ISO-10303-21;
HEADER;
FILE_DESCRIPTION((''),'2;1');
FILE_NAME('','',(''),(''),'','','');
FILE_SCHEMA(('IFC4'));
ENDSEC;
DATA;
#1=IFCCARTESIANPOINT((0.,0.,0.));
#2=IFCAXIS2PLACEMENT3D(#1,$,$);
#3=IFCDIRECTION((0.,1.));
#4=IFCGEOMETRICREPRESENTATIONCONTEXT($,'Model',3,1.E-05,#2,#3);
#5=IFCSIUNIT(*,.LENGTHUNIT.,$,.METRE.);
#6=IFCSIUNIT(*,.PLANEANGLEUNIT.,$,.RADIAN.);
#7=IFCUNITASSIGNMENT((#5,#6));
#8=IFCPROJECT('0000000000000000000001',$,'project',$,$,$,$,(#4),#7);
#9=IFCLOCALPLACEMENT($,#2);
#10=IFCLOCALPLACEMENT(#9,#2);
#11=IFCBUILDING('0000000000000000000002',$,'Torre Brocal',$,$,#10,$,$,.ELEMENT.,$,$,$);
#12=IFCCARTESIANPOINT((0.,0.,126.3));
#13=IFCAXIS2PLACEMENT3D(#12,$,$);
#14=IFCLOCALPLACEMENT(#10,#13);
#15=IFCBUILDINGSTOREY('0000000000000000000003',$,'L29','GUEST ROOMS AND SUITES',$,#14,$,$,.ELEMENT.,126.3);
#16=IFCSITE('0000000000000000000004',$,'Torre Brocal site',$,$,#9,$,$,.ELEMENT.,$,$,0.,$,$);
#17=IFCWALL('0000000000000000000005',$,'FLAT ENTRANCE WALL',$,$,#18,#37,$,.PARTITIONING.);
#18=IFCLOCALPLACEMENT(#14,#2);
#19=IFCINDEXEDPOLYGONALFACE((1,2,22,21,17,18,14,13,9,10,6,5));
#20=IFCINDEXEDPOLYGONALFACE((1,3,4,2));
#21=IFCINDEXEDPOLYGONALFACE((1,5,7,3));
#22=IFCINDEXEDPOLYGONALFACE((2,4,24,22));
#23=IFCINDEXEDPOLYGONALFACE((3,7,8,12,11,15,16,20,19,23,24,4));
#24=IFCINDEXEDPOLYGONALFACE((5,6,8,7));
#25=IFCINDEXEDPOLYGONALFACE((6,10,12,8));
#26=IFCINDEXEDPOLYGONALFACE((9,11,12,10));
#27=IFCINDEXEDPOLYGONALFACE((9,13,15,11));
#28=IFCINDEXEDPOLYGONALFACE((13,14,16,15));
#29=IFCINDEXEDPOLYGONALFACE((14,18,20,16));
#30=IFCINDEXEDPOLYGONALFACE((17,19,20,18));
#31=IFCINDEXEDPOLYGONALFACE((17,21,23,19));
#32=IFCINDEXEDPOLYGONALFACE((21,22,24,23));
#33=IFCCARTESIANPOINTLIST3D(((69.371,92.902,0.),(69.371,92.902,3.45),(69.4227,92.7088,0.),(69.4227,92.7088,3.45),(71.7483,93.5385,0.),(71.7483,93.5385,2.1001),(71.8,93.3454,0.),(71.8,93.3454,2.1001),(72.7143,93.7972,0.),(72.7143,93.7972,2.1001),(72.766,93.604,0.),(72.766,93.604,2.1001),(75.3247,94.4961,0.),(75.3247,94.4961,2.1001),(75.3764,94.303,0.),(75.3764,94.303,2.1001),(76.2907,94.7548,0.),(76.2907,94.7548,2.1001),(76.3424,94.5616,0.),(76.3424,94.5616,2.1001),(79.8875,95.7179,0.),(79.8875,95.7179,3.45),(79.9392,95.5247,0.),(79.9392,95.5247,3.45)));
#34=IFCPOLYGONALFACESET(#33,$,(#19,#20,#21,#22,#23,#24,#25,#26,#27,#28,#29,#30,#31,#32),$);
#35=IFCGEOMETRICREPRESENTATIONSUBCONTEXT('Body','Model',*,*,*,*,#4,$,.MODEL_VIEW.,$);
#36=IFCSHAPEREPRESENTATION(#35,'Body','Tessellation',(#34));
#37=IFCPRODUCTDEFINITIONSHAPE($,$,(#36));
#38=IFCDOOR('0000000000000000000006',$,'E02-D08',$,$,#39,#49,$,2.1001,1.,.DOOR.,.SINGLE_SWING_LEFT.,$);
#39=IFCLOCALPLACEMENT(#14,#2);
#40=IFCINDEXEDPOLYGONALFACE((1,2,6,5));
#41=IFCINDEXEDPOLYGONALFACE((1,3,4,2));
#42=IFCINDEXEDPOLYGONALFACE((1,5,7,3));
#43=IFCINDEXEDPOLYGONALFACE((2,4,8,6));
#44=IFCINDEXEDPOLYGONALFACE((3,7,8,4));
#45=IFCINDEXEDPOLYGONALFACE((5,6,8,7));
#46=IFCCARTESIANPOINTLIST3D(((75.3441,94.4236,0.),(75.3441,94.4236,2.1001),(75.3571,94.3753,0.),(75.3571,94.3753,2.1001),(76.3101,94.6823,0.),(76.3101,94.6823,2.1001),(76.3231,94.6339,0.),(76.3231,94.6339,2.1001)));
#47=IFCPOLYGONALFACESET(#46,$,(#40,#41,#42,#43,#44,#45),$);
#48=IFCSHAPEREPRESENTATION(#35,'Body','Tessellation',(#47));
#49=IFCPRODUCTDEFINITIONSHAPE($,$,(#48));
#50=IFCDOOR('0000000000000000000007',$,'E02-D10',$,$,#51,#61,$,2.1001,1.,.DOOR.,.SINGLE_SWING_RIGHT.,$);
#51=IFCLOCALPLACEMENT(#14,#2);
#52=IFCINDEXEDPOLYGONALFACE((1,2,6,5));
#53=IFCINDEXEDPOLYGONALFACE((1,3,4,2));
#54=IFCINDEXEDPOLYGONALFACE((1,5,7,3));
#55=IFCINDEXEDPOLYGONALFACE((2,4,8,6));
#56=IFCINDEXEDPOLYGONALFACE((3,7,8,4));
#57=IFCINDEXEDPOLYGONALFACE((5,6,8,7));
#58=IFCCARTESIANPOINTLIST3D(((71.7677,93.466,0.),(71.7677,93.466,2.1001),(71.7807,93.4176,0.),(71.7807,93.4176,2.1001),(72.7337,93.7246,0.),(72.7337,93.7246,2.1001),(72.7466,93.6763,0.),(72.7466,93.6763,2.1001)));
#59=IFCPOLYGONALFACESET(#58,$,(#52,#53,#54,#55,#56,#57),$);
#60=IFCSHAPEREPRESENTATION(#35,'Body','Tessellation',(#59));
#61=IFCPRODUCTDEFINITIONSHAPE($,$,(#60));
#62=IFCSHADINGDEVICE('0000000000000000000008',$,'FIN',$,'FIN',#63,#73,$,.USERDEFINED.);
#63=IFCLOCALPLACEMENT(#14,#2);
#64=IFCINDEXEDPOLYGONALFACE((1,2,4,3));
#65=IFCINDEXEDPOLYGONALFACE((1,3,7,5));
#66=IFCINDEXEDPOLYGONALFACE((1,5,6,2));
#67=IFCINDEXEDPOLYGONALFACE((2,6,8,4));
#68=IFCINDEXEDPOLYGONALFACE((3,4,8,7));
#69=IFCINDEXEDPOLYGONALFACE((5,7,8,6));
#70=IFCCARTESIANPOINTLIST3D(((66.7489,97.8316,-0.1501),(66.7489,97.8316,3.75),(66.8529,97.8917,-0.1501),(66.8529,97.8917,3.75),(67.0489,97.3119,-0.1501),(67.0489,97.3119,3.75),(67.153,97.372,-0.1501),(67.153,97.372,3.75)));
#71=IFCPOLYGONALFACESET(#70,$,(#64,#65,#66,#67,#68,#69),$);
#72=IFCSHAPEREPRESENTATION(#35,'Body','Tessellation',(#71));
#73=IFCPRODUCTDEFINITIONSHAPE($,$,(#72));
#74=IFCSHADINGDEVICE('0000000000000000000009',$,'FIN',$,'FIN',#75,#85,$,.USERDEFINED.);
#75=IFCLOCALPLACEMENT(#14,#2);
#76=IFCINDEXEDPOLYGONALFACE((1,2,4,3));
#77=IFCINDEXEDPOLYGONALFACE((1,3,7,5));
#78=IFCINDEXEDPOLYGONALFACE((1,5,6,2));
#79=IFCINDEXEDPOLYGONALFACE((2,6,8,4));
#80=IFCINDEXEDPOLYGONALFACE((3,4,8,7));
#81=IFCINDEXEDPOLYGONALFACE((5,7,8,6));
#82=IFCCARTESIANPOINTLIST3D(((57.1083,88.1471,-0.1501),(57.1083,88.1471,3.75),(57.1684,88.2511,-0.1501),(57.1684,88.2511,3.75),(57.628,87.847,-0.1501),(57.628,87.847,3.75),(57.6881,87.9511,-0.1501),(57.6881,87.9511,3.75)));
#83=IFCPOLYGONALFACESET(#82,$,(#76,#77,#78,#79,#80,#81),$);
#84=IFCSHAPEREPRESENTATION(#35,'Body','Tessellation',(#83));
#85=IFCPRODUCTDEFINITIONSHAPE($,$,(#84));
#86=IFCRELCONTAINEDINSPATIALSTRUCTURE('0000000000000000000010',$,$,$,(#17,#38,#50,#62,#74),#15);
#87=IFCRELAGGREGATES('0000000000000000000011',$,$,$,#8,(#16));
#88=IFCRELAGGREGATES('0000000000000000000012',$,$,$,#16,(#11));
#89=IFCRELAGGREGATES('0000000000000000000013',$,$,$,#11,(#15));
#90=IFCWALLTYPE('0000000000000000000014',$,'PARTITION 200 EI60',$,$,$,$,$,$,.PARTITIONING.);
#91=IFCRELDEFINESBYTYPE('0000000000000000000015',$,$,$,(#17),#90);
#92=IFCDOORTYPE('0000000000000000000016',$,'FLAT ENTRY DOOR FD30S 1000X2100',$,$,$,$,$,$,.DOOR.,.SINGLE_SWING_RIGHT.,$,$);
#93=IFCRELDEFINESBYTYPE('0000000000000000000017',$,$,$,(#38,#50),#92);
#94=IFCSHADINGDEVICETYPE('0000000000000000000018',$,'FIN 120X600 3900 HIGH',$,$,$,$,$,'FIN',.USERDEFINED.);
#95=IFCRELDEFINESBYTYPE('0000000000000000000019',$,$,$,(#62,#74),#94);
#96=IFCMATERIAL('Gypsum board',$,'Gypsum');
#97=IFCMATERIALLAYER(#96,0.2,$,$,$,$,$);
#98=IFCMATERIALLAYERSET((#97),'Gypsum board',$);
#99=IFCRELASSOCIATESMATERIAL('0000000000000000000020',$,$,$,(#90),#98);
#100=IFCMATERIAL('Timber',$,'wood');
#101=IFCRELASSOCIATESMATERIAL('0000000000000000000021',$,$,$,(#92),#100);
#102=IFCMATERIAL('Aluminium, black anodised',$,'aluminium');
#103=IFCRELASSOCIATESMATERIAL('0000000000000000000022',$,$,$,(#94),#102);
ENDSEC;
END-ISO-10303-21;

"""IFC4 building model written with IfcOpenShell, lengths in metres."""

from ifc_helpers import new_model, si_unit, direction, frame, frame_2d, origin, origin_2d, place, context, subcontext, project, spatial, rectangle, extrude, material, layer, layer_set, material_profile, profile_set, type_object, element, fill, save


model = new_model("IFC4")

# Units and contexts
model_context = context("Model", 3, precision=1e-05, world=origin(), true_north=direction((0.0, 1.0)))
body_context = subcontext(model_context, "Body", "Model", "MODEL_VIEW")
ifc_project = project(units=[si_unit("LENGTHUNIT", "METRE"), si_unit("PLANEANGLEUNIT", "RADIAN")], contexts=[model_context])

# Site, building, storey
site_placement = place(None, origin())
site = spatial("IfcSite", under=ifc_project, at=site_placement, Name="Torre Brocal site", CompositionType="ELEMENT", RefElevation=0.0)
building_placement = place(site_placement, origin())
building = spatial("IfcBuilding", under=site, at=building_placement, Name="Torre Brocal", CompositionType="ELEMENT")
storey_placement = place(building_placement, frame((0.0, 0.0, 126.3)))
storey = spatial("IfcBuildingStorey", under=building, at=storey_placement, Name="L29", Description="GUEST ROOMS AND SUITES", CompositionType="ELEMENT", Elevation=126.3)

# Shared definitions
ifc_material_1 = material(Name="Gypsum board", Category="Gypsum")
ifc_layer_1 = layer(ifc_material_1, 0.2)
ifc_layer_set_1 = layer_set([ifc_layer_1], Name="Gypsum board")
wall_type_1 = type_object("IfcWallType", Name="PARTITION 200 EI60", PredefinedType="PARTITIONING", material=ifc_layer_set_1)

# Wall, openings, doors
wall_1_placement = place(storey_placement, frame((69.397, 92.8054, 0.0), z_axis=(0.0, 0.0, 1.0), x_axis=(0.965972, 0.258648, 0.0)))
wall_1 = element("IfcWall", 1, at=wall_1_placement, inside=storey, type_object=wall_type_1, Name="FLAT ENTRANCE WALL", PredefinedType="PARTITIONING", context=body_context, shape_type="SweptSolid", body=[
    extrude(rectangle(XDim=10.887, YDim=0.2, at=frame_2d((5.4434, 0.0))), origin(), (0.0, 0.0, 1.0), 3.45),
])
opening_1_placement = place(wall_1_placement, frame((6.1633, 0.0, 0.0)))
opening_1 = element("IfcOpeningElement", 2, at=opening_1_placement, cuts=wall_1, PredefinedType="OPENING", context=body_context, shape_type="SweptSolid", body=[
    extrude(rectangle(XDim=1.0, YDim=2.1001, at=frame_2d((0.5, 1.05))), frame((0.0, 0.1099, 0.0), z_axis=(0.0, -1.0, 0.0), x_axis=(1.0, 0.0, 0.0)), (0.0, 0.0, 1.0), 0.22),
])
opening_2_placement = place(wall_1_placement, frame((2.4609, 0.0, 0.0)))
opening_2 = element("IfcOpeningElement", 3, at=opening_2_placement, cuts=wall_1, PredefinedType="OPENING", context=body_context, shape_type="SweptSolid", body=[
    extrude(rectangle(XDim=1.0, YDim=2.1001, at=frame_2d((0.5, 1.05))), frame((0.0, 0.1099, 0.0), z_axis=(0.0, -1.0, 0.0), x_axis=(1.0, 0.0, 0.0)), (0.0, 0.0, 1.0), 0.22),
])
ifc_material_2 = material(Name="Timber", Category="wood")
door_type_1 = type_object("IfcDoorType", Name="FLAT ENTRY DOOR FD30S 1000X2100", OperationType="SINGLE_SWING_RIGHT", PredefinedType="DOOR", material=ifc_material_2)
door_1_placement = place(opening_1_placement, origin())
door_1 = element("IfcDoor", 4, at=door_1_placement, inside=storey, type_object=door_type_1, Name="E02-D08", OperationType="SINGLE_SWING_LEFT", OverallHeight=2.1001, OverallWidth=1.0, PredefinedType="DOOR", context=body_context, shape_type="SweptSolid", body=[
    extrude(rectangle(XDim=1.0, YDim=2.1001, at=frame_2d((0.5, 1.05))), frame((0.0, 0.0249, 0.0), z_axis=(0.0, -1.0, 0.0), x_axis=(1.0, 0.0, 0.0)), (0.0, 0.0, 1.0), 0.05),
])
fill(opening_1, door_1)
door_2_placement = place(opening_2_placement, origin())
door_2 = element("IfcDoor", 5, at=door_2_placement, inside=storey, type_object=door_type_1, Name="E02-D10", OperationType="SINGLE_SWING_RIGHT", OverallHeight=2.1001, OverallWidth=1.0, PredefinedType="DOOR", context=body_context, shape_type="SweptSolid", body=[
    extrude(rectangle(XDim=1.0, YDim=2.1001, at=frame_2d((0.5, 1.05))), frame((0.0, 0.0249, 0.0), z_axis=(0.0, -1.0, 0.0), x_axis=(1.0, 0.0, 0.0)), (0.0, 0.0, 1.0), 0.05),
])
fill(opening_2, door_2)

# Shading devices
ifc_material_3 = material(Name="Aluminium, black anodised", Category="aluminium")
ifc_material_profile_1 = material_profile(ifc_material_3, rectangle(XDim=0.1201, YDim=0.6001, at=origin_2d()), Name="FIN 120X600 3900 HIGH")
ifc_profile_set_1 = profile_set([ifc_material_profile_1], Name="Aluminium, black anodised")
shading_device_type = type_object("IfcShadingDeviceType", Name="FIN 120X600 3900 HIGH", ElementType="FIN", PredefinedType="USERDEFINED", material=ifc_profile_set_1)
for number, where, z_axis, x_axis, name in (
    (6, (66.9509, 97.6018, -0.1501), (0.0, 0.0, 1.0), (-0.866025, -0.5, 0.0), "FIN"),
    (7, (57.3982, 88.0491, -0.1501), (0.0, 0.0, 1.0), (-0.5, -0.866025, 0.0), "FIN"),
):
    element("IfcShadingDevice", number, at=place(storey_placement, frame(where, z_axis=z_axis, x_axis=x_axis)), inside=storey, type_object=shading_device_type, Name=name, ObjectType="FIN", PredefinedType="USERDEFINED", context=body_context, shape_type="SweptSolid", body=[
        extrude(rectangle(XDim=0.1201, YDim=0.6001, at=origin_2d()), origin(), (0.0, 0.0, 1.0), 3.9001),
    ])

save(model, "model.ifc")
